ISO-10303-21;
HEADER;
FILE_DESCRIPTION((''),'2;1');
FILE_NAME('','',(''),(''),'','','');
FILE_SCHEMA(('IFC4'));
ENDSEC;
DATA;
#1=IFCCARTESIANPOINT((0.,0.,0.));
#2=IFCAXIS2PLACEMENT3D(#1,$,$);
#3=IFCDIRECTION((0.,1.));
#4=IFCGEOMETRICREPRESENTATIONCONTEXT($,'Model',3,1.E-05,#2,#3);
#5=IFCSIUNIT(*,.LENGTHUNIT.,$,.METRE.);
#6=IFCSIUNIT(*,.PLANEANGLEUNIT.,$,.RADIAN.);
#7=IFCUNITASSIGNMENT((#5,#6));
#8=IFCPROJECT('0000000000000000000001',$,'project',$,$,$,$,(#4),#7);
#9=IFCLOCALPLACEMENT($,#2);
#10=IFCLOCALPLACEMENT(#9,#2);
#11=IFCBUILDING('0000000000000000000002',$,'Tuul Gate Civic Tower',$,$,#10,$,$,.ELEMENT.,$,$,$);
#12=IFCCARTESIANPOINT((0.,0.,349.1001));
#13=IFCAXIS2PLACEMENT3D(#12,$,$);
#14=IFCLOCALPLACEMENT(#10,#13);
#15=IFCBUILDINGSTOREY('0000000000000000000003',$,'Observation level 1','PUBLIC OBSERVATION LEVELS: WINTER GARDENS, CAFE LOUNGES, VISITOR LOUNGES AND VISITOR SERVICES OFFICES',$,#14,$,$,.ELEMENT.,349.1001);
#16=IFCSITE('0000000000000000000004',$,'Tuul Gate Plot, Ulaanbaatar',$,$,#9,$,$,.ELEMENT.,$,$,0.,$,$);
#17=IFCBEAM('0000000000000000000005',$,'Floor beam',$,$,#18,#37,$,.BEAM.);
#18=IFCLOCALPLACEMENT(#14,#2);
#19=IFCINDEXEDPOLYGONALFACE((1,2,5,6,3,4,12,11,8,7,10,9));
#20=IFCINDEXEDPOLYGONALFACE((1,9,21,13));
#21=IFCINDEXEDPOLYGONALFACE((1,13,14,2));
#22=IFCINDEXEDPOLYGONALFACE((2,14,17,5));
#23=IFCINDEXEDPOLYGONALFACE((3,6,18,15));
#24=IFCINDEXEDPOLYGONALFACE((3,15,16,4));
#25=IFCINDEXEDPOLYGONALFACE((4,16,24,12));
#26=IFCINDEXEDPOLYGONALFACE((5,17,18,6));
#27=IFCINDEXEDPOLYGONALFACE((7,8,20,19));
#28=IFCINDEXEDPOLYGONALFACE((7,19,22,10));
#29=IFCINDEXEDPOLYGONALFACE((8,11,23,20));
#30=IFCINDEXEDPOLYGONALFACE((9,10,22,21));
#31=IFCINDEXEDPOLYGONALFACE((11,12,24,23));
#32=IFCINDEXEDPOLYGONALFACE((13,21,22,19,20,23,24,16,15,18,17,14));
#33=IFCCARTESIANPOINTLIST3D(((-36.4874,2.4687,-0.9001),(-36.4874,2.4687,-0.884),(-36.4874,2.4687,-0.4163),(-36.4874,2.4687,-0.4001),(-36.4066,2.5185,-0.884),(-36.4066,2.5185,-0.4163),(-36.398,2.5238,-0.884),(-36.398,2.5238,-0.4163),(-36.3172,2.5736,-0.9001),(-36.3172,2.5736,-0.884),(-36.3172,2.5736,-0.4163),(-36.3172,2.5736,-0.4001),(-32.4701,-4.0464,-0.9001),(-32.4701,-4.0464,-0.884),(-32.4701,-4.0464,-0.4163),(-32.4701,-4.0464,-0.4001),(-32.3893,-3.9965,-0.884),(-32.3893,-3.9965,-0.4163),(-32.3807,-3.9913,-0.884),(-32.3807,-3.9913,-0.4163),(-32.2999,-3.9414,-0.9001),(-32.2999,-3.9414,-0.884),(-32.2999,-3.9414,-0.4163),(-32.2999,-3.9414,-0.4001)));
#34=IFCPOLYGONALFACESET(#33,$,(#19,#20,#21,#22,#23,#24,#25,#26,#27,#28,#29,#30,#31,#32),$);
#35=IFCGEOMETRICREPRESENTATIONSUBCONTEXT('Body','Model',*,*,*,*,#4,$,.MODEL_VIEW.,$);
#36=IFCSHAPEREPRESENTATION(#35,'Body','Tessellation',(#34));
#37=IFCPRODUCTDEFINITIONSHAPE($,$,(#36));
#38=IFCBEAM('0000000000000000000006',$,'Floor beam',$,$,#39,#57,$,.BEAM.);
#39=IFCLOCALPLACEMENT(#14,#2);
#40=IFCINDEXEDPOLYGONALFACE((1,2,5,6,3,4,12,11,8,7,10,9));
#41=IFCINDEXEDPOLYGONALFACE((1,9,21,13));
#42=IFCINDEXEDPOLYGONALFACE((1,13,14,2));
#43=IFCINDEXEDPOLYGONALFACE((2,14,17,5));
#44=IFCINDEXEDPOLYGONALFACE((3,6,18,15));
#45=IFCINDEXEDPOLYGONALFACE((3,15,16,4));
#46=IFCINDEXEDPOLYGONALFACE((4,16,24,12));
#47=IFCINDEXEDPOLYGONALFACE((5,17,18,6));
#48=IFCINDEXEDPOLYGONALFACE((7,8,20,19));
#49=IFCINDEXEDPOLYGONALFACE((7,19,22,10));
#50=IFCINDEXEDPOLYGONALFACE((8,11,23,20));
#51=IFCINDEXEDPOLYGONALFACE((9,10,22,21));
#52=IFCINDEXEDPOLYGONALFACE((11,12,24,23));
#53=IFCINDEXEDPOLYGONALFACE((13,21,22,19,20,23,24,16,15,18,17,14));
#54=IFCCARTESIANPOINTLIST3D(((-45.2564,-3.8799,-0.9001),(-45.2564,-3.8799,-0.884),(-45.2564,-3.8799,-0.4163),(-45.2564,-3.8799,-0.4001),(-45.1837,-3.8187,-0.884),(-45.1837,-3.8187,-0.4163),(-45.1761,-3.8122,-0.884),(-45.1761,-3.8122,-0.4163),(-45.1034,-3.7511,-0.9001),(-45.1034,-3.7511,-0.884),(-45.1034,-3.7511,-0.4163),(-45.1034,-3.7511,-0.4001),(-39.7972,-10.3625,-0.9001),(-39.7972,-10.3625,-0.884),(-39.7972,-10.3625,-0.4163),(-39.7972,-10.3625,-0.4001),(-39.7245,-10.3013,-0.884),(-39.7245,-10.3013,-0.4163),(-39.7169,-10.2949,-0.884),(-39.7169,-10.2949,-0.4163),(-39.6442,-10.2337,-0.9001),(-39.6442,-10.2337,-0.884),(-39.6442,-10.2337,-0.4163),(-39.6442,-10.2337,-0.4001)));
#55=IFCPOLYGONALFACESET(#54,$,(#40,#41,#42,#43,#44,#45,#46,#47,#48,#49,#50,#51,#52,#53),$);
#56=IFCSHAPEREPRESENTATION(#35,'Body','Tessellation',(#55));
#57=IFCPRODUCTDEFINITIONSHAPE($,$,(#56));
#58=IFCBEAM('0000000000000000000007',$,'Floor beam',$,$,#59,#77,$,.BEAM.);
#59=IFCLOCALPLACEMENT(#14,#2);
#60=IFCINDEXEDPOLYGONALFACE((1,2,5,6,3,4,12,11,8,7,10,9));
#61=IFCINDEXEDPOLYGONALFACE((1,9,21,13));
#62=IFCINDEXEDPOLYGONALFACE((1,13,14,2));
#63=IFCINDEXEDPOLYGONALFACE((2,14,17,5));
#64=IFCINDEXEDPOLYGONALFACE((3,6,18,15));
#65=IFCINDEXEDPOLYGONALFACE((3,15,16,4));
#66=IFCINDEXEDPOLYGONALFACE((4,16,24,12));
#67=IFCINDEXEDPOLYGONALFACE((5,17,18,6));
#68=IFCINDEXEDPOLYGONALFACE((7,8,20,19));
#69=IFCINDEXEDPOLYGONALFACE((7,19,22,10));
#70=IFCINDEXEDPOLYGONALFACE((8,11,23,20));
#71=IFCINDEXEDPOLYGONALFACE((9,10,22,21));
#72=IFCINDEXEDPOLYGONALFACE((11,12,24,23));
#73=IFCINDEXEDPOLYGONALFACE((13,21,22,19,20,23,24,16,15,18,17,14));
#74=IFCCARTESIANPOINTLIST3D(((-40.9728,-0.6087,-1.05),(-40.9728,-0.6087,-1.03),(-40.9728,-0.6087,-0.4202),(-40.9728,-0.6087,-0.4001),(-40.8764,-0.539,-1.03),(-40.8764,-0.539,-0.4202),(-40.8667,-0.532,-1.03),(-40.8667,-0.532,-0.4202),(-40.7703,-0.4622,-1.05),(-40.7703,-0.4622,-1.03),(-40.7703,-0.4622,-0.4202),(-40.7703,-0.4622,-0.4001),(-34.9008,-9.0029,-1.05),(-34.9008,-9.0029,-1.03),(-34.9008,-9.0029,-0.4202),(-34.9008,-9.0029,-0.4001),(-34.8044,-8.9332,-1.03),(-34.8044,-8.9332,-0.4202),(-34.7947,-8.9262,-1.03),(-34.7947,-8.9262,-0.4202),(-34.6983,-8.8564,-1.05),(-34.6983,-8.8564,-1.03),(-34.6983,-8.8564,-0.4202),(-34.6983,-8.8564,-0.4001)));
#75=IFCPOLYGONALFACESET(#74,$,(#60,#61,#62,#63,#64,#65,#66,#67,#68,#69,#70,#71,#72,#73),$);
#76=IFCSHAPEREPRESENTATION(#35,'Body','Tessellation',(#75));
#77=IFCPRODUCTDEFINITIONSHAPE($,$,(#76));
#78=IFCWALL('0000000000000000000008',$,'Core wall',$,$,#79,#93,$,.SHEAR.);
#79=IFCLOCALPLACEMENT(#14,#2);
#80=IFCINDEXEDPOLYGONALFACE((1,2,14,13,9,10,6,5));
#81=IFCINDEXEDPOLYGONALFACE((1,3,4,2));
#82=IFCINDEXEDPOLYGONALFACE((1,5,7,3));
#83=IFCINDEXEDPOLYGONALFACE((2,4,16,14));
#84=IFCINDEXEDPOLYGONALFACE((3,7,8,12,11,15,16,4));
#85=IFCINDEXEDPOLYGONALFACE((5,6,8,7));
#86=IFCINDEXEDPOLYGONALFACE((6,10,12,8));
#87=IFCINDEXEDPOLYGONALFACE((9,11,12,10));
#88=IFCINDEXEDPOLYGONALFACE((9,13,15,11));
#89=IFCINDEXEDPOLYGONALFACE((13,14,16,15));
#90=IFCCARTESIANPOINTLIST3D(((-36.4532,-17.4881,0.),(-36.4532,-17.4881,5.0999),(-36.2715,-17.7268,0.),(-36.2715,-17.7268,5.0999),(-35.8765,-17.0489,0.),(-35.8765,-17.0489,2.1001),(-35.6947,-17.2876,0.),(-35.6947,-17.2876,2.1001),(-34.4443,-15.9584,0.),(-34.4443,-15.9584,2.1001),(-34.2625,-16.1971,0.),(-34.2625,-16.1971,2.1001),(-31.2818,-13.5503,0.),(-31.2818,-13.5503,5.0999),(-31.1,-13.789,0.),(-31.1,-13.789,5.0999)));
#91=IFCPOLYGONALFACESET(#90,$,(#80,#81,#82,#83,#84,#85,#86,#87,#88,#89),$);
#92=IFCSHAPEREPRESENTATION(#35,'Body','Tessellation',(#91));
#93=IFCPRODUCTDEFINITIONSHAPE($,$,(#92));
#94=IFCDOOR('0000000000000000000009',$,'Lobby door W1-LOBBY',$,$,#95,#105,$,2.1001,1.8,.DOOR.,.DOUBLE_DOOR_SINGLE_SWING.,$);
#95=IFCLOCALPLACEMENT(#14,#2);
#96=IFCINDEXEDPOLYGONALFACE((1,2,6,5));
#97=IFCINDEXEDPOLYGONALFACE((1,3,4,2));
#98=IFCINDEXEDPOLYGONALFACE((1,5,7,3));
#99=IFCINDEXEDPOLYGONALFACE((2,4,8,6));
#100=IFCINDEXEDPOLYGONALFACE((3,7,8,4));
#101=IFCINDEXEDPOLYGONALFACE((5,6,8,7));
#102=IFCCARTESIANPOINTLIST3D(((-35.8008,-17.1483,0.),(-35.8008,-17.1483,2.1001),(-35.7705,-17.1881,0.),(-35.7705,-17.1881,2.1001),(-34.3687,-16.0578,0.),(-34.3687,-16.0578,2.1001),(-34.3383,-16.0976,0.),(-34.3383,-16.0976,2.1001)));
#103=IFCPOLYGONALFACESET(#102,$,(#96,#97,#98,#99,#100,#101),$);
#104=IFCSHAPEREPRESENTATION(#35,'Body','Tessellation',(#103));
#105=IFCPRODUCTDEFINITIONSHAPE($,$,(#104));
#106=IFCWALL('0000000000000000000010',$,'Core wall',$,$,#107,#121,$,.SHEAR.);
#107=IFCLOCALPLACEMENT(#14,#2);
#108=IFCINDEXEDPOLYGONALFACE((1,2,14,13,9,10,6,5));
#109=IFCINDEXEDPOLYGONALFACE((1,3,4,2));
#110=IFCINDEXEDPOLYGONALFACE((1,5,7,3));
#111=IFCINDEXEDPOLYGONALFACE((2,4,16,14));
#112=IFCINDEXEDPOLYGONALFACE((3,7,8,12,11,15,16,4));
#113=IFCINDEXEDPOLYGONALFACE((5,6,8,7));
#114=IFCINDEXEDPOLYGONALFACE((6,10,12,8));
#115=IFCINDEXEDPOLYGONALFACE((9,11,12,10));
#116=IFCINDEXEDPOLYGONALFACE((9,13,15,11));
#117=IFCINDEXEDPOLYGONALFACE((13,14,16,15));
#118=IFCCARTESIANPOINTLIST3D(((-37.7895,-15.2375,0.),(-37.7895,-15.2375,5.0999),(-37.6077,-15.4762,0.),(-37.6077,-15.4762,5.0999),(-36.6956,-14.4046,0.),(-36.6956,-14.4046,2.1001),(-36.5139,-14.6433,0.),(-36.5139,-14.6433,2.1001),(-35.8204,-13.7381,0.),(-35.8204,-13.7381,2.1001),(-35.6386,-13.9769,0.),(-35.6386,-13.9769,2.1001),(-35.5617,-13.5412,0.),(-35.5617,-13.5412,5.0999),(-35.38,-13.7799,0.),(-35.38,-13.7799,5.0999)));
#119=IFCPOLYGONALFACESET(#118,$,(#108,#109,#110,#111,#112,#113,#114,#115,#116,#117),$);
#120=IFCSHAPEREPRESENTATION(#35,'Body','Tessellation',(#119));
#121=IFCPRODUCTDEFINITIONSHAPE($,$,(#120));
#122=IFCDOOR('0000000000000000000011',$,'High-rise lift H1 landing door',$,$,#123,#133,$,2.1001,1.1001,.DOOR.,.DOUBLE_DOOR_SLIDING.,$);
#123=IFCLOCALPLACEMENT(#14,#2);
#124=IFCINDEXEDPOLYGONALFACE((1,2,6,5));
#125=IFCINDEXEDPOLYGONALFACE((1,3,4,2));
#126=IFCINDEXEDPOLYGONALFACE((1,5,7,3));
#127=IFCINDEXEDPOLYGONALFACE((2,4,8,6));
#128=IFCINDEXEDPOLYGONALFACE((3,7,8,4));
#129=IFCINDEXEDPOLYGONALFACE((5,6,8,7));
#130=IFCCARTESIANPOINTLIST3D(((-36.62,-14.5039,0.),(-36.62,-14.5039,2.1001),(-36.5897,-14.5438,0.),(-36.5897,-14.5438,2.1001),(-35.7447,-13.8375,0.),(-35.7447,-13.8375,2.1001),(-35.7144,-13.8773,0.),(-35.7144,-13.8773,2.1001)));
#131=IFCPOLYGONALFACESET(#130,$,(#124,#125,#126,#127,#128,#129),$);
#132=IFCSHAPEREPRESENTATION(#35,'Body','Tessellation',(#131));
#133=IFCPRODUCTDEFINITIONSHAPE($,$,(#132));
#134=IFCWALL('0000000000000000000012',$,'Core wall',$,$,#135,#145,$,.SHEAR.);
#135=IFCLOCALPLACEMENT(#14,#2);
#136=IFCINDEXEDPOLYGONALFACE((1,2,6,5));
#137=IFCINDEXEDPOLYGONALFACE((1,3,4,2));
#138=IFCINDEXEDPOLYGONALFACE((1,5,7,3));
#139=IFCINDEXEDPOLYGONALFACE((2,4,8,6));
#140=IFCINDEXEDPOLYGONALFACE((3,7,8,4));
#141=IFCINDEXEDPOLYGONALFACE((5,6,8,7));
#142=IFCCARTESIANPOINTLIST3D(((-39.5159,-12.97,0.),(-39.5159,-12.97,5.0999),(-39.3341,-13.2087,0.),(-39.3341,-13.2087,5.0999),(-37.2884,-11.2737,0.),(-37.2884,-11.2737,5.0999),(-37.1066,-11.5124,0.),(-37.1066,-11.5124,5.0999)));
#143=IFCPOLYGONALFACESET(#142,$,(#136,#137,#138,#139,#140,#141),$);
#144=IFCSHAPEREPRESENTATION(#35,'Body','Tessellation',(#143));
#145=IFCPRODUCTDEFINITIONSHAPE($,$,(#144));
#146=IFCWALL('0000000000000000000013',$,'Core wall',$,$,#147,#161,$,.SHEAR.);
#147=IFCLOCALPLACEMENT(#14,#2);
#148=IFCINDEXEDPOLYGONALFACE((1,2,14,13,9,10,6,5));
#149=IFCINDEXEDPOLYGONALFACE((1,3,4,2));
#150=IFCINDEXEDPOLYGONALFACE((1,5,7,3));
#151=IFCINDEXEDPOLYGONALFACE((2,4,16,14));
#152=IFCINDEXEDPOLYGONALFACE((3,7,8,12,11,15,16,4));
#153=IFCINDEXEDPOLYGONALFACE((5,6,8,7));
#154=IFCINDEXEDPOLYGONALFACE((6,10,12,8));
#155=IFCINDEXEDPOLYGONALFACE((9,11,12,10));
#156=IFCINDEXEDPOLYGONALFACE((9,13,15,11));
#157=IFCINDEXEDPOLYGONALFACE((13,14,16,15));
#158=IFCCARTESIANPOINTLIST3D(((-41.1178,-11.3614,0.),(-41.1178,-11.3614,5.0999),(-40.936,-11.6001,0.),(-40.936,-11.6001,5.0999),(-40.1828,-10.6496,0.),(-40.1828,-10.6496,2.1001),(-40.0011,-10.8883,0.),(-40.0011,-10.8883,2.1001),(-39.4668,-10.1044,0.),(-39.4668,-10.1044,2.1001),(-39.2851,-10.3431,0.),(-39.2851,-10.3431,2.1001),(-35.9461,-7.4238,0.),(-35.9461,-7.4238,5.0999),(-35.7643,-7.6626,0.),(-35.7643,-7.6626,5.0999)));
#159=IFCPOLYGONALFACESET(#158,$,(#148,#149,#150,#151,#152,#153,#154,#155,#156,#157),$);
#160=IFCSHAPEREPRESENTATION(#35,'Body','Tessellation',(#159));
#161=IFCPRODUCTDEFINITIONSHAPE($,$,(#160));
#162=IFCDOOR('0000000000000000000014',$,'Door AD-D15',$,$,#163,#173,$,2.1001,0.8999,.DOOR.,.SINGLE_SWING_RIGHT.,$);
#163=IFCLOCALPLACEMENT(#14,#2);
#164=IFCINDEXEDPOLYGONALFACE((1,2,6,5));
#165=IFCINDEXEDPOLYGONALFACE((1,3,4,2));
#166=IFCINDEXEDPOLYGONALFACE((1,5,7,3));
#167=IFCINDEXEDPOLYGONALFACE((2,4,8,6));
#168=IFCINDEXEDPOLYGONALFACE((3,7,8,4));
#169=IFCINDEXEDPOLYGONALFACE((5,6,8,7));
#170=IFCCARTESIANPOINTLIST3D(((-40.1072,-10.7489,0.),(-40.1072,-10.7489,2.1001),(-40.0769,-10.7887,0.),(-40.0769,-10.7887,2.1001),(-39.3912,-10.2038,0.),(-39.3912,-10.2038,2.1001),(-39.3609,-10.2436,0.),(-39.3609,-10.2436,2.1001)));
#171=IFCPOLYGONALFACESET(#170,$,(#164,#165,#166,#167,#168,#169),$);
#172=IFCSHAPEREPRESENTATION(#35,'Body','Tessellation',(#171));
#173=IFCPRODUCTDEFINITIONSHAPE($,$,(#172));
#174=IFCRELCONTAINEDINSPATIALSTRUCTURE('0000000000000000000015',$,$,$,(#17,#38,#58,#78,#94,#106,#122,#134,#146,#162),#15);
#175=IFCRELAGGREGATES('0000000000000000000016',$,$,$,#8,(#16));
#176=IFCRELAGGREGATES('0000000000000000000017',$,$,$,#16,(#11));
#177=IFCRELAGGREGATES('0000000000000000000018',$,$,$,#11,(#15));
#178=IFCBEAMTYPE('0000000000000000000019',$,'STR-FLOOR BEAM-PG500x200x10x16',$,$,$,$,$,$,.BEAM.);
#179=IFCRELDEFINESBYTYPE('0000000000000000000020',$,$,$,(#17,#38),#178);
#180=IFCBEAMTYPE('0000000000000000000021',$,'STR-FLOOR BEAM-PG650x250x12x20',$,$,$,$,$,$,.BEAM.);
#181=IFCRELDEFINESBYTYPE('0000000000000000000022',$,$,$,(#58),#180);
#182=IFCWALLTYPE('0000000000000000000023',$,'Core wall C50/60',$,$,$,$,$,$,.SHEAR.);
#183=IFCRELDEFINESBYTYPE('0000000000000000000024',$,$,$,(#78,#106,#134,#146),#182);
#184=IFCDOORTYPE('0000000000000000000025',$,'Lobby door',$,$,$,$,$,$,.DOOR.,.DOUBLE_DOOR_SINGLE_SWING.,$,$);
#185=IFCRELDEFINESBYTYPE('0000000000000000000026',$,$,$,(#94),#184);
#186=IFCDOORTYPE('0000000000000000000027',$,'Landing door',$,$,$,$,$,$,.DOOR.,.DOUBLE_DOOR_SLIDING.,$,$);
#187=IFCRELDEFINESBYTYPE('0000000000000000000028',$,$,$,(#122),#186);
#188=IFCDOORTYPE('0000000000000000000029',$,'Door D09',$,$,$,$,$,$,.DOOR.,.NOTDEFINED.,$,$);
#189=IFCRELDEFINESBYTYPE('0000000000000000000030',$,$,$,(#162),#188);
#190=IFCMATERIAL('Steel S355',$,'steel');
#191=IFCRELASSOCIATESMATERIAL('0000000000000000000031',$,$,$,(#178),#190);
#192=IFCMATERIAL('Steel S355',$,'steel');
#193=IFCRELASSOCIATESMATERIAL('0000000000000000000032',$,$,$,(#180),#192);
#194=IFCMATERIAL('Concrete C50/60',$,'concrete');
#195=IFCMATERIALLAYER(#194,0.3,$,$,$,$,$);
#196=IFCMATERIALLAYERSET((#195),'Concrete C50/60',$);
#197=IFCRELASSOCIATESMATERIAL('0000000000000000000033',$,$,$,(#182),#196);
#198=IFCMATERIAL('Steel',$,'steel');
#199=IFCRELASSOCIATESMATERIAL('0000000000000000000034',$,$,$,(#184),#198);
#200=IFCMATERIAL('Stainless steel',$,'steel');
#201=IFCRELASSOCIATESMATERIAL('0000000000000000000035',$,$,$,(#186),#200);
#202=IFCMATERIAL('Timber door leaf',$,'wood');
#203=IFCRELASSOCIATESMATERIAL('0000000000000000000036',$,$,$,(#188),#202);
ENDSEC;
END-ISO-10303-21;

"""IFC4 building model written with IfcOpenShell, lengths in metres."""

from ifc_helpers import new_model, si_unit, direction, frame, frame_2d, origin, origin_2d, place, context, subcontext, project, spatial, rectangle, i_section, extrude, material, layer, layer_set, material_profile, profile_set, type_object, element, fill, save


model = new_model("IFC4")

# Units and contexts
model_context = context("Model", 3, precision=1e-05, world=origin(), true_north=direction((0.0, 1.0)))
body_context = subcontext(model_context, "Body", "Model", "MODEL_VIEW")
ifc_project = project(units=[si_unit("LENGTHUNIT", "METRE"), si_unit("PLANEANGLEUNIT", "RADIAN")], contexts=[model_context])

# Site, building, storey
site_placement = place(None, origin())
site = spatial("IfcSite", under=ifc_project, at=site_placement, Name="Tuul Gate Plot, Ulaanbaatar", CompositionType="ELEMENT", RefElevation=0.0)
building_placement = place(site_placement, origin())
building = spatial("IfcBuilding", under=site, at=building_placement, Name="Tuul Gate Civic Tower", CompositionType="ELEMENT")
storey_placement = place(building_placement, frame((0.0, 0.0, 349.1001)))
storey = spatial("IfcBuildingStorey", under=building, at=storey_placement, Name="Observation level 1", Description="PUBLIC OBSERVATION LEVELS: WINTER GARDENS, CAFE LOUNGES, VISITOR LOUNGES AND VISITOR SERVICES OFFICES", CompositionType="ELEMENT", Elevation=349.1001)

# Beams
ifc_material_1 = material(Name="Steel S355", Category="steel")
ifc_material_profile_1 = material_profile(ifc_material_1, i_section(OverallWidth=0.2, OverallDepth=0.5, WebThickness=0.01, FlangeThickness=0.0161, at=origin_2d()), Name="PG500x200x10x16")
ifc_profile_set_1 = profile_set([ifc_material_profile_1], Name="Steel S355")
beam_type_1 = type_object("IfcBeamType", Name="STR-FLOOR BEAM-PG500x200x10x16", PredefinedType="BEAM", material=ifc_profile_set_1)
beam_1_placement = place(storey_placement, frame((-32.385, -3.9939, -0.6501), z_axis=(-0.524857, 0.85119, 0.0), x_axis=(-0.85119, -0.524857, 0.0)))
element("IfcBeam", 1, at=beam_1_placement, inside=storey, type_object=beam_type_1, Name="Floor beam", PredefinedType="BEAM", context=body_context, shape_type="SweptSolid", body=[
    extrude(i_section(OverallWidth=0.2, OverallDepth=0.5, WebThickness=0.01, FlangeThickness=0.0161, at=origin_2d()), origin(), (0.0, 0.0, 1.0), 7.6541),
])
beam_2_placement = place(storey_placement, frame((-39.7207, -10.2981, -0.6501), z_axis=(-0.644146, 0.764903, 0.0), x_axis=(-0.764903, -0.644146, 0.0)))
element("IfcBeam", 2, at=beam_2_placement, inside=storey, type_object=beam_type_1, Name="Floor beam", PredefinedType="BEAM", context=body_context, shape_type="SweptSolid", body=[
    extrude(i_section(OverallWidth=0.2, OverallDepth=0.5, WebThickness=0.01, FlangeThickness=0.0161, at=origin_2d()), origin(), (0.0, 0.0, 1.0), 8.4751),
])
ifc_material_2 = material(Name="Steel S355", Category="steel")
ifc_material_profile_2 = material_profile(ifc_material_2, i_section(OverallWidth=0.25, OverallDepth=0.6499, WebThickness=0.012, FlangeThickness=0.02, at=origin_2d()), Name="PG650x250x12x20")
ifc_profile_set_2 = profile_set([ifc_material_profile_2], Name="Steel S355")
beam_type_2 = type_object("IfcBeamType", Name="STR-FLOOR BEAM-PG650x250x12x20", PredefinedType="BEAM", material=ifc_profile_set_2)
beam_3_placement = place(storey_placement, frame((-34.7996, -8.9297, -0.7251), z_axis=(-0.586092, 0.810245, 0.0), x_axis=(-0.810245, -0.586092, 0.0)))
element("IfcBeam", 3, at=beam_3_placement, inside=storey, type_object=beam_type_2, Name="Floor beam", PredefinedType="BEAM", context=body_context, shape_type="SweptSolid", body=[
    extrude(i_section(OverallWidth=0.25, OverallDepth=0.6499, WebThickness=0.012, FlangeThickness=0.02, at=origin_2d()), origin(), (0.0, 0.0, 1.0), 10.3601),
])

# Walls, openings, doors
ifc_material_3 = material(Name="Concrete C50/60", Category="concrete")
ifc_layer_1 = layer(ifc_material_3, 0.3)
ifc_layer_set_1 = layer_set([ifc_layer_1], Name="Concrete C50/60")
wall_type_1 = type_object("IfcWallType", Name="Core wall C50/60", PredefinedType="SHEAR", material=ifc_layer_set_1)
wall_1_placement = place(storey_placement, frame((-31.1909, -13.6697, 0.0), z_axis=(0.0, 0.0, 1.0), x_axis=(-0.795607, -0.605813, 0.0)))
wall_1 = element("IfcWall", 4, at=wall_1_placement, inside=storey, type_object=wall_type_1, Name="Core wall", PredefinedType="SHEAR", context=body_context, shape_type="SweptSolid", body=[
    extrude(rectangle(XDim=6.5, YDim=0.3, at=frame_2d((3.25, 0.0))), origin(), (0.0, 0.0, 1.0), 5.0999),
])
opening_1_placement = place(wall_1_placement, frame((3.9751, 0.0, 0.0)))
opening_1 = element("IfcOpeningElement", 5, at=opening_1_placement, cuts=wall_1, PredefinedType="OPENING", context=body_context, shape_type="SweptSolid", body=[
    extrude(rectangle(XDim=1.8, YDim=2.1001, at=frame_2d((0.8999, 1.05))), frame((0.0, 0.1602, 0.0), z_axis=(0.0, -1.0, 0.0), x_axis=(1.0, 0.0, 0.0)), (0.0, 0.0, 1.0), 0.3201),
])
ifc_material_4 = material(Name="Steel", Category="steel")
door_type_1 = type_object("IfcDoorType", Name="Lobby door", OperationType="DOUBLE_DOOR_SINGLE_SWING", PredefinedType="DOOR", material=ifc_material_4)
door_1_placement = place(opening_1_placement, origin())
door_1 = element("IfcDoor", 6, at=door_1_placement, inside=storey, type_object=door_type_1, Name="Lobby door W1-LOBBY", OperationType="DOUBLE_DOOR_SINGLE_SWING", OverallHeight=2.1001, OverallWidth=1.8, PredefinedType="DOOR", context=body_context, shape_type="SweptSolid", body=[
    extrude(rectangle(XDim=1.8, YDim=2.1001, at=frame_2d((0.8999, 1.05))), frame((0.0, 0.0249, 0.0), z_axis=(0.0, -1.0, 0.0), x_axis=(1.0, 0.0, 0.0)), (0.0, 0.0, 1.0), 0.05),
])
fill(opening_1, door_1)
wall_2_placement = place(storey_placement, frame((-35.4709, -13.6606, 0.0), z_axis=(0.0, 0.0, 1.0), x_axis=(-0.795616, -0.605802, 0.0)))
wall_2 = element("IfcWall", 7, at=wall_2_placement, inside=storey, type_object=wall_type_1, Name="Core wall", PredefinedType="SHEAR", context=body_context, shape_type="SweptSolid", body=[
    extrude(rectangle(XDim=2.8, YDim=0.3, at=frame_2d((1.3999, 0.0))), origin(), (0.0, 0.0, 1.0), 5.0999),
])
opening_2_placement = place(wall_2_placement, frame((0.325, 0.0, 0.0)))
opening_2 = element("IfcOpeningElement", 8, at=opening_2_placement, cuts=wall_2, PredefinedType="OPENING", context=body_context, shape_type="SweptSolid", body=[
    extrude(rectangle(XDim=1.1001, YDim=2.1001, at=frame_2d((0.55, 1.05))), frame((0.0, 0.1602, 0.0), z_axis=(0.0, -1.0, 0.0), x_axis=(1.0, 0.0, 0.0)), (0.0, 0.0, 1.0), 0.3201),
])
ifc_material_5 = material(Name="Stainless steel", Category="steel")
door_type_2 = type_object("IfcDoorType", Name="Landing door", OperationType="DOUBLE_DOOR_SLIDING", PredefinedType="DOOR", material=ifc_material_5)
door_2_placement = place(opening_2_placement, origin())
door_2 = element("IfcDoor", 9, at=door_2_placement, inside=storey, type_object=door_type_2, Name="High-rise lift H1 landing door", OperationType="DOUBLE_DOOR_SLIDING", OverallHeight=2.1001, OverallWidth=1.1001, PredefinedType="DOOR", context=body_context, shape_type="SweptSolid", body=[
    extrude(rectangle(XDim=1.1001, YDim=2.1001, at=frame_2d((0.55, 1.05))), frame((0.0, 0.0249, 0.0), z_axis=(0.0, -1.0, 0.0), x_axis=(1.0, 0.0, 0.0)), (0.0, 0.0, 1.0), 0.05),
])
fill(opening_2, door_2)

# Wall
wall_3_placement = place(storey_placement, frame((-37.1975, -11.3931, 0.0), z_axis=(0.0, 0.0, 1.0), x_axis=(-0.795584, -0.605844, 0.0)))
element("IfcWall", 10, at=wall_3_placement, inside=storey, type_object=wall_type_1, Name="Core wall", PredefinedType="SHEAR", context=body_context, shape_type="SweptSolid", body=[
    extrude(rectangle(XDim=2.7998, YDim=0.3, at=frame_2d((1.3999, 0.0))), origin(), (0.0, 0.0, 1.0), 5.0999),
])

# Wall, opening, door
wall_4_placement = place(storey_placement, frame((-35.8552, -7.5432, 0.0), z_axis=(0.0, 0.0, 1.0), x_axis=(-0.795639, -0.605772, 0.0)))
wall_4 = element("IfcWall", 11, at=wall_4_placement, inside=storey, type_object=wall_type_1, Name="Core wall", PredefinedType="SHEAR", context=body_context, shape_type="SweptSolid", body=[
    extrude(rectangle(XDim=6.5, YDim=0.3, at=frame_2d((3.25, 0.0))), origin(), (0.0, 0.0, 1.0), 5.0999),
])
opening_3_placement = place(wall_4_placement, frame((4.425, 0.0, 0.0)))
opening_3 = element("IfcOpeningElement", 12, at=opening_3_placement, cuts=wall_4, PredefinedType="OPENING", context=body_context, shape_type="SweptSolid", body=[
    extrude(rectangle(XDim=0.8999, YDim=2.1001, at=frame_2d((0.45, 1.05))), frame((0.0, 0.1602, 0.0), z_axis=(0.0, -1.0, 0.0), x_axis=(1.0, 0.0, 0.0)), (0.0, 0.0, 1.0), 0.3201),
])
ifc_material_6 = material(Name="Timber door leaf", Category="wood")
door_type_3 = type_object("IfcDoorType", Name="Door D09", OperationType="NOTDEFINED", PredefinedType="DOOR", material=ifc_material_6)
door_3_placement = place(opening_3_placement, origin())
door_3 = element("IfcDoor", 13, at=door_3_placement, inside=storey, type_object=door_type_3, Name="Door AD-D15", OperationType="SINGLE_SWING_RIGHT", OverallHeight=2.1001, OverallWidth=0.8999, PredefinedType="DOOR", context=body_context, shape_type="SweptSolid", body=[
    extrude(rectangle(XDim=0.8999, YDim=2.1001, at=frame_2d((0.45, 1.05))), frame((0.0, 0.0249, 0.0), z_axis=(0.0, -1.0, 0.0), x_axis=(1.0, 0.0, 0.0)), (0.0, 0.0, 1.0), 0.05),
])
fill(opening_3, door_3)

save(model, "model.ifc")
